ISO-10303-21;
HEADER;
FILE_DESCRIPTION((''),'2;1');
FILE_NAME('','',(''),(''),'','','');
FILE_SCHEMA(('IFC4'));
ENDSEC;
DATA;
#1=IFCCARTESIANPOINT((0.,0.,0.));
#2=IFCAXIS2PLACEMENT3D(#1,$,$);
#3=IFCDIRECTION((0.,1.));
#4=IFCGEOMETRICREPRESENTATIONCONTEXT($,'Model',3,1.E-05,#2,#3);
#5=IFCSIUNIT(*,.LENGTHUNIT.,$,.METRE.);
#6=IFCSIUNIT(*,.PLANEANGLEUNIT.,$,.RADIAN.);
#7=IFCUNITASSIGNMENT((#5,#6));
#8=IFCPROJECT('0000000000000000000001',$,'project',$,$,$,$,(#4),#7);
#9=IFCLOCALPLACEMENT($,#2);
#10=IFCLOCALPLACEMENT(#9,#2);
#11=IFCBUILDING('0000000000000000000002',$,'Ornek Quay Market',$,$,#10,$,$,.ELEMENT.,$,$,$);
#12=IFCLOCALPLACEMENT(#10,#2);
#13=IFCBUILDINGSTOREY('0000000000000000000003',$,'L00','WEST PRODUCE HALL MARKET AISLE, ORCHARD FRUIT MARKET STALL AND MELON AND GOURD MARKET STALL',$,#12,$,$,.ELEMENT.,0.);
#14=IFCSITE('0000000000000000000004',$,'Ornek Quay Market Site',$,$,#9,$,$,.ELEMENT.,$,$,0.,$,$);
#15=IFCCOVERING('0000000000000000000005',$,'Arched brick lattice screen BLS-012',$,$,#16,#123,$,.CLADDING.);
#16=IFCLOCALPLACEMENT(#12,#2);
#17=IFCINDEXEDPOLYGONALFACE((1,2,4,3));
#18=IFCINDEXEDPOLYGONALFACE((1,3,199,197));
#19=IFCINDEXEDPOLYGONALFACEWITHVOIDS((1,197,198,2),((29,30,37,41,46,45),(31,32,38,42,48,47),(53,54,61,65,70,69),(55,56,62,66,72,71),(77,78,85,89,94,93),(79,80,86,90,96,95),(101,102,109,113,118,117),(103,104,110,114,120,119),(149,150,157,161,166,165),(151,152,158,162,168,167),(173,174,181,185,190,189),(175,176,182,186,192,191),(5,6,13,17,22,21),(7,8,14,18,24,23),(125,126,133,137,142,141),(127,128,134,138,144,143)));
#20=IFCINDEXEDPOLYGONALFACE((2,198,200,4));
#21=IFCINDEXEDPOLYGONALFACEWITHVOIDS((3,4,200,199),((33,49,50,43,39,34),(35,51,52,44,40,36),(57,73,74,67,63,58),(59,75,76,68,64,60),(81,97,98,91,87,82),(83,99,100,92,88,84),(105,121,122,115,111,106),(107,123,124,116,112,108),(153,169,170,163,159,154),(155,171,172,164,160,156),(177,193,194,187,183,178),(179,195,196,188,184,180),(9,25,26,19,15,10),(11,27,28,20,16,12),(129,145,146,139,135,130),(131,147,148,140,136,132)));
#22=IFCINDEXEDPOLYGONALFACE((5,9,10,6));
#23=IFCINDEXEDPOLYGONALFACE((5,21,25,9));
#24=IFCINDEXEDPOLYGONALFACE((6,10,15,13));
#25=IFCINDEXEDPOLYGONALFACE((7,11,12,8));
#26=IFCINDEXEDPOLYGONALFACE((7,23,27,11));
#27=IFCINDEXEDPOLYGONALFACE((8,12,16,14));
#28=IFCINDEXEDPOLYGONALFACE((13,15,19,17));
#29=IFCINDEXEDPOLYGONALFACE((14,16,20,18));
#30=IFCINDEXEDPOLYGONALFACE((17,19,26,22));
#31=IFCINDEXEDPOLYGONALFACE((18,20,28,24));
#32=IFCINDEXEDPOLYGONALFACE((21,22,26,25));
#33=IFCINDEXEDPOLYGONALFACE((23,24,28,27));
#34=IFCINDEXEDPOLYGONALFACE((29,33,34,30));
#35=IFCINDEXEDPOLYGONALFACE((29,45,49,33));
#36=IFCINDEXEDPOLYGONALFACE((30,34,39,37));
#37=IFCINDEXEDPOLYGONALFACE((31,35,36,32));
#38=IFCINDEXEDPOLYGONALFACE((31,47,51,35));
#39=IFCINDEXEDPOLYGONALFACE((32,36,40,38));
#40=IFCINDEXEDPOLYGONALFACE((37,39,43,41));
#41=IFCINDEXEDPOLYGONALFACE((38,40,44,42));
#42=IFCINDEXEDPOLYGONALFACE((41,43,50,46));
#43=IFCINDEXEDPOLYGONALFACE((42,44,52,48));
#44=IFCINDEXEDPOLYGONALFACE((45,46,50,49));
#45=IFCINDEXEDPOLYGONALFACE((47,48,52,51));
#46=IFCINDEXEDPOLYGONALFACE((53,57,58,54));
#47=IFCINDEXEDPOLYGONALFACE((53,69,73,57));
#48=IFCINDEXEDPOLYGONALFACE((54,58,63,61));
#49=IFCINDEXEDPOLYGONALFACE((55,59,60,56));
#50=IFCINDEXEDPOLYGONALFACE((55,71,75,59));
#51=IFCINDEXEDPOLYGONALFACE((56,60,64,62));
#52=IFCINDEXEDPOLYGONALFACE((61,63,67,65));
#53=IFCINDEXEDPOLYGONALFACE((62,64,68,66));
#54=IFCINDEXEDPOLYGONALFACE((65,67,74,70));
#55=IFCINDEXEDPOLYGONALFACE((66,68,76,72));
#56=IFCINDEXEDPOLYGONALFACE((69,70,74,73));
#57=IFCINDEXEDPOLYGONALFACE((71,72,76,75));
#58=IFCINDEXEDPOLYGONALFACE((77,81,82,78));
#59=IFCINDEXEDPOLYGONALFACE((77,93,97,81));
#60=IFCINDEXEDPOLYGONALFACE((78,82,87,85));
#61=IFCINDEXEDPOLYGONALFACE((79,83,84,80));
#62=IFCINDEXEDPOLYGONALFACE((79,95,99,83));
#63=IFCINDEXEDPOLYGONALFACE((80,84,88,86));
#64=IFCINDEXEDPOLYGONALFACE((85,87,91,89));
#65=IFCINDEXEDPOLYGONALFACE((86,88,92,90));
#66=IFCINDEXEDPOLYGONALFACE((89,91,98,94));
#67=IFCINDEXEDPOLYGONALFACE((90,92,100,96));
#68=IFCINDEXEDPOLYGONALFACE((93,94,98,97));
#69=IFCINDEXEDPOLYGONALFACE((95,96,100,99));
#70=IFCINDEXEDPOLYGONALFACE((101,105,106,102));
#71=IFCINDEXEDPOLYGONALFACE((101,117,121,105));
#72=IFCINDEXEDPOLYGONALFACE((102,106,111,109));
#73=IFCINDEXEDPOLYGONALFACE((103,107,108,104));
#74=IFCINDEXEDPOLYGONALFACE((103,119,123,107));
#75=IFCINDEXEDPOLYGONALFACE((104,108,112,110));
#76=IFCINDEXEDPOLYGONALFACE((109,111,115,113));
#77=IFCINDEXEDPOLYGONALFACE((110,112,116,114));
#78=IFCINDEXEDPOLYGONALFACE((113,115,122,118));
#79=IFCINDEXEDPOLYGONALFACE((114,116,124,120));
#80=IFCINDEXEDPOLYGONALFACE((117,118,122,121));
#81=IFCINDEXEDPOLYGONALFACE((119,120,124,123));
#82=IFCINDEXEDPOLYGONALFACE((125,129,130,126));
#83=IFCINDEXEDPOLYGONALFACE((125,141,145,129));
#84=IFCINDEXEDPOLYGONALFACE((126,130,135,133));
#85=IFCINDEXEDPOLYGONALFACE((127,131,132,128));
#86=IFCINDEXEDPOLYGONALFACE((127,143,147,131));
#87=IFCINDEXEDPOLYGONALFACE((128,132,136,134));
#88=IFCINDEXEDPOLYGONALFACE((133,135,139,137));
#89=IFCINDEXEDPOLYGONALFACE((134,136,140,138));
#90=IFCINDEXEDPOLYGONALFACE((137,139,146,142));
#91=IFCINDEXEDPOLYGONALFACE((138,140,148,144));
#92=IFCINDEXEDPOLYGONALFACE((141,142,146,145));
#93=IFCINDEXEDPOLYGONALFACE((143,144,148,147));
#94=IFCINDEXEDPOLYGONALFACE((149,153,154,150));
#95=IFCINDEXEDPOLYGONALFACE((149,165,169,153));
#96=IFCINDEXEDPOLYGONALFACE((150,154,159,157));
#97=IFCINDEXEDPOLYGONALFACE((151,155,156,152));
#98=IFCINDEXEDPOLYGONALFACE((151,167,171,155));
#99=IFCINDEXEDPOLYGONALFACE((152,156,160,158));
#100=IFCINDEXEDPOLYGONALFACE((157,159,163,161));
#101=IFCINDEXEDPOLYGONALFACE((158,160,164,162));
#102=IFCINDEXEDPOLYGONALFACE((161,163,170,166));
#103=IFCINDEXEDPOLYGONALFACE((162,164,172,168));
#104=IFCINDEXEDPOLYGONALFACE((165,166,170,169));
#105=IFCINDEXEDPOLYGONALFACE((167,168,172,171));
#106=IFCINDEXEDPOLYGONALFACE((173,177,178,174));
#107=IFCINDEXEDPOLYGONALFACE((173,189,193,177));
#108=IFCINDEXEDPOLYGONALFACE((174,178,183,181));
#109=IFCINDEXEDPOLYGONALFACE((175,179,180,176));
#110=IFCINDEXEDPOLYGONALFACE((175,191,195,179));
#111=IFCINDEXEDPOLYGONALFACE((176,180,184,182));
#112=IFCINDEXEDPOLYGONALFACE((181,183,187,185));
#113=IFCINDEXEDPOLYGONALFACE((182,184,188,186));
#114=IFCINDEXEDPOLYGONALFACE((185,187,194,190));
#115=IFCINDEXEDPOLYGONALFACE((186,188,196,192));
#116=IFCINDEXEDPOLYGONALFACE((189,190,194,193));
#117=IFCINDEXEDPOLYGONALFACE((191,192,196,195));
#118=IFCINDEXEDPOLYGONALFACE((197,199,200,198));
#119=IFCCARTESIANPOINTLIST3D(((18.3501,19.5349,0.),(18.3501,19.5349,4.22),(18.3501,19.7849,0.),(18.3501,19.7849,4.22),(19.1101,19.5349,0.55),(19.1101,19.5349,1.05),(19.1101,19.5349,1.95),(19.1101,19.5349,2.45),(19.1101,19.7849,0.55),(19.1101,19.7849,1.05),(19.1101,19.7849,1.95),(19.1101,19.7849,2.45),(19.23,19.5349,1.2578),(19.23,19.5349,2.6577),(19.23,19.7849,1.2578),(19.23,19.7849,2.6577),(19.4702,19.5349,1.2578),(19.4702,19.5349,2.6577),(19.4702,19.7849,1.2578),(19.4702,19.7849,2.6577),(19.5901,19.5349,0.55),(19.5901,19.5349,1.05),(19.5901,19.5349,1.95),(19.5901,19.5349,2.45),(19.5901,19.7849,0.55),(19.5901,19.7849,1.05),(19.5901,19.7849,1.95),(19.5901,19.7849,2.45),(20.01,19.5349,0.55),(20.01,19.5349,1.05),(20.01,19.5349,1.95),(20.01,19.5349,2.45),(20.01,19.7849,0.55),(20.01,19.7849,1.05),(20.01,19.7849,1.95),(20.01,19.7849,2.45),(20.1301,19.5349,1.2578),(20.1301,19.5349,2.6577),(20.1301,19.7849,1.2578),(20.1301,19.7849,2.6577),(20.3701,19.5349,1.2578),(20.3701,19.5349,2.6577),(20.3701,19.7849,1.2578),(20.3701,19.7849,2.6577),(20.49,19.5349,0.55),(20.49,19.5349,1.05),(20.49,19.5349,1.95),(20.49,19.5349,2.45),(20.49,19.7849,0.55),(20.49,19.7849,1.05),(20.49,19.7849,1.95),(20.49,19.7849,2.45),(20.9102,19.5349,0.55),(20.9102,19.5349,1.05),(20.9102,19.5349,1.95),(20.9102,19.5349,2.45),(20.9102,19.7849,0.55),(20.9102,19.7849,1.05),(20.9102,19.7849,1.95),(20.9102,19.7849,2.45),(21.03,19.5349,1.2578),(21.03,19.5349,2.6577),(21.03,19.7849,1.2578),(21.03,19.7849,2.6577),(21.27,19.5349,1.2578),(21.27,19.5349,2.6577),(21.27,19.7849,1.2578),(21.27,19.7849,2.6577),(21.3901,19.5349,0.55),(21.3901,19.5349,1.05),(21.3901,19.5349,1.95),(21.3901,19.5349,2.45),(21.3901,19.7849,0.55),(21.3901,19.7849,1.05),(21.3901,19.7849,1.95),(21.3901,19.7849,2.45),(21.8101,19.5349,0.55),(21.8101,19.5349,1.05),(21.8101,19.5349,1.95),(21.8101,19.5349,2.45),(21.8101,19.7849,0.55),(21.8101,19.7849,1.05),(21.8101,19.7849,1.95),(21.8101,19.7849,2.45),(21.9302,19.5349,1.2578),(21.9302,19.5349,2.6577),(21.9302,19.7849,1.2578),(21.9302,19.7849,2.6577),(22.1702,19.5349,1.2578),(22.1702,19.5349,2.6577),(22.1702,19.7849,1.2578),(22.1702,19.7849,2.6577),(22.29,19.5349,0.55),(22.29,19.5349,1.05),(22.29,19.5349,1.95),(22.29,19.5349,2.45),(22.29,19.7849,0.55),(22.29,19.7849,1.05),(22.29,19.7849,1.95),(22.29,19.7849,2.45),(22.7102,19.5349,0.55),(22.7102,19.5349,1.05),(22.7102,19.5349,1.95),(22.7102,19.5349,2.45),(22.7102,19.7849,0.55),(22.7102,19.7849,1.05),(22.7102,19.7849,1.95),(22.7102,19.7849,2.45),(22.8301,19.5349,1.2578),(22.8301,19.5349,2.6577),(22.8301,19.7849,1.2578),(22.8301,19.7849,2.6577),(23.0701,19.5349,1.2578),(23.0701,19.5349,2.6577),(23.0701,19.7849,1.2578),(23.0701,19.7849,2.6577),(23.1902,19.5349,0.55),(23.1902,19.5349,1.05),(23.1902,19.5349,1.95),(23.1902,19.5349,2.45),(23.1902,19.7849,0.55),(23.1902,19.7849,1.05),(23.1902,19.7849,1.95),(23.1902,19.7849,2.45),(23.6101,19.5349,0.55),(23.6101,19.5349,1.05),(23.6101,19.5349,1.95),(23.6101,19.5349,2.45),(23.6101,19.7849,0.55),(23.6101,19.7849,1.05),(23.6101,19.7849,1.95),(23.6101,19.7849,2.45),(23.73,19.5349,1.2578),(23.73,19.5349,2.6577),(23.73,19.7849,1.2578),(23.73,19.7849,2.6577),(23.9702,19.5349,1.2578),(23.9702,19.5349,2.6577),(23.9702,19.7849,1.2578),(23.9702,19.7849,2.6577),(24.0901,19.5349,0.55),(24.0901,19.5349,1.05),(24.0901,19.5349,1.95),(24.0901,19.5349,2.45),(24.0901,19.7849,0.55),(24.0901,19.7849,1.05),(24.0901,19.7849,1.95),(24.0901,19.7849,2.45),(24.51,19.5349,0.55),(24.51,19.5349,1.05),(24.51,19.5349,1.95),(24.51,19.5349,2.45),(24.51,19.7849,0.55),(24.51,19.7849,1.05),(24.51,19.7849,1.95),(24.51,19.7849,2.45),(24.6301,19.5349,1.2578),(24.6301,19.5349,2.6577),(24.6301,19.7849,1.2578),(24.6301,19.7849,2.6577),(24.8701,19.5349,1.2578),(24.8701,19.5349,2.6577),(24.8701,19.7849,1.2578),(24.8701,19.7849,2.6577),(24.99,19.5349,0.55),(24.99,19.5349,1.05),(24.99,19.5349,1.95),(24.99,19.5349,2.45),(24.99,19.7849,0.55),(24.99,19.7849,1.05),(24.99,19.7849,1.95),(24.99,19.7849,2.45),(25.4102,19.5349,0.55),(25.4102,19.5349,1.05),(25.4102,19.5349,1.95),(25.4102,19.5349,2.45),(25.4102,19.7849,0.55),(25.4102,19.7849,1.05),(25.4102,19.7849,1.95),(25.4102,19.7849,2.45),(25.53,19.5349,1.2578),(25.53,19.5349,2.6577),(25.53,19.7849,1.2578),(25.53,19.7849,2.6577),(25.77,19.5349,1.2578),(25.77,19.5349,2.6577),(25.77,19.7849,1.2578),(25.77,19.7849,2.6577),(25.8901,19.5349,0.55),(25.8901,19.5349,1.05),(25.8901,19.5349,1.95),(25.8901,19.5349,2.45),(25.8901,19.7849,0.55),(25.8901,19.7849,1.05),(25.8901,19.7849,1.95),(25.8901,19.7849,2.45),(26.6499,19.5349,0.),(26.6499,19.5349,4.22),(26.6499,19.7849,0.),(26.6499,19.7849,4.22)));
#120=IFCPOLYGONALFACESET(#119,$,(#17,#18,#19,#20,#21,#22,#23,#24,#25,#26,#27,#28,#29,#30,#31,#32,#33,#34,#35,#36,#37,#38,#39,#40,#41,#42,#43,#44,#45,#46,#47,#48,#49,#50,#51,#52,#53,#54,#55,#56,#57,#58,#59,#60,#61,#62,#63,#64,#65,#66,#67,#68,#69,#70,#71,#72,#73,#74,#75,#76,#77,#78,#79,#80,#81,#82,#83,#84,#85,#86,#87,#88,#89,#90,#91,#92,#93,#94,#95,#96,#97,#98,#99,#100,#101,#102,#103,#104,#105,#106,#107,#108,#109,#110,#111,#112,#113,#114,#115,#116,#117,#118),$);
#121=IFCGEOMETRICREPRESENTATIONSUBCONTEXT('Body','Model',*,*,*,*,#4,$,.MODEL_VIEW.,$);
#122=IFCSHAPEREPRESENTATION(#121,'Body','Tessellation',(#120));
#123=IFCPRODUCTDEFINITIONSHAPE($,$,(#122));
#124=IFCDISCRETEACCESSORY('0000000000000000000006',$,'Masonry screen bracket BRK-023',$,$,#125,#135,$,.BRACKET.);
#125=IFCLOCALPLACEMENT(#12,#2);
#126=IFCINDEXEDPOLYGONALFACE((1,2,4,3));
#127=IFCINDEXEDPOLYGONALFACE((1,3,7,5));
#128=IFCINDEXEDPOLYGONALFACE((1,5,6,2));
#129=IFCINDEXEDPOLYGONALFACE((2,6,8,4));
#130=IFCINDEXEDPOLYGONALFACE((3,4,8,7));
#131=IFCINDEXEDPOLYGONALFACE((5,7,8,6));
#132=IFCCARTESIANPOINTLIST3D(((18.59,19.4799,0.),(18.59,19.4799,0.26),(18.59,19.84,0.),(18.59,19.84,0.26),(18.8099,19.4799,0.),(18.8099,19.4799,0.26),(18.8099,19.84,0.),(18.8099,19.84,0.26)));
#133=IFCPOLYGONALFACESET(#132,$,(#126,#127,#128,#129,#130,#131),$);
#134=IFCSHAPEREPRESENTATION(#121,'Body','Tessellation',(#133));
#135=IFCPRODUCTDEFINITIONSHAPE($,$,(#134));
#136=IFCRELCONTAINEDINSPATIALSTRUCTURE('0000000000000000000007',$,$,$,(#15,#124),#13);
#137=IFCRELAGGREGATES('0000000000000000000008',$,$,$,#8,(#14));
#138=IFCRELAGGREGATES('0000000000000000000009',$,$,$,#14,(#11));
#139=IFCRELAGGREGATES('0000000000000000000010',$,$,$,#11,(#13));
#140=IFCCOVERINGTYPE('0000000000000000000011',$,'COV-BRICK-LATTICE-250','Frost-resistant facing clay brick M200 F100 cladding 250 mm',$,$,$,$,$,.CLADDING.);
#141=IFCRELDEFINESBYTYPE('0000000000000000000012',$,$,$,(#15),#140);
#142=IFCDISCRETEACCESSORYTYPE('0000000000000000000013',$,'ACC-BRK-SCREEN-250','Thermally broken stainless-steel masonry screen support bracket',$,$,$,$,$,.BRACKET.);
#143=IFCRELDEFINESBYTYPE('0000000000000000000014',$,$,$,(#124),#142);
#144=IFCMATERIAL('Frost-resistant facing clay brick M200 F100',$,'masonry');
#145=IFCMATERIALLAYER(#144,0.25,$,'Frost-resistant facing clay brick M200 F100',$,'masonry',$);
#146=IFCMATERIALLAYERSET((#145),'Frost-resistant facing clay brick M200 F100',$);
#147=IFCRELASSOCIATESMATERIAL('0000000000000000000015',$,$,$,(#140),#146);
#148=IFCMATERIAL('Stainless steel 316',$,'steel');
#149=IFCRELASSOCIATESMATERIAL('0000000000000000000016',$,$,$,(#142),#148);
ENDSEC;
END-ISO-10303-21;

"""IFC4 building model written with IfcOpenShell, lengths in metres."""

from ifc_helpers import new_model, si_unit, direction, frame, origin, origin_2d, place, context, subcontext, project, spatial, polyline, rectangle, outline, extrude, material, layer, layer_set, type_object, element, save


model = new_model("IFC4")

# Units and contexts
model_context = context("Model", 3, precision=1e-05, world=origin(), true_north=direction((0.0, 1.0)))
body_context = subcontext(model_context, "Body", "Model", "MODEL_VIEW")
ifc_project = project(units=[si_unit("LENGTHUNIT", "METRE"), si_unit("PLANEANGLEUNIT", "RADIAN")], contexts=[model_context])

# Site, building, storey
site_placement = place(None, origin())
site = spatial("IfcSite", under=ifc_project, at=site_placement, Name="Ornek Quay Market Site", CompositionType="ELEMENT", RefElevation=0.0)
building_placement = place(site_placement, origin())
building = spatial("IfcBuilding", under=site, at=building_placement, Name="Ornek Quay Market", CompositionType="ELEMENT")
storey_placement = place(building_placement, origin())
storey = spatial("IfcBuildingStorey", under=building, at=storey_placement, Name="L00", Description="WEST PRODUCE HALL MARKET AISLE, ORCHARD FRUIT MARKET STALL AND MELON AND GOURD MARKET STALL", CompositionType="ELEMENT", Elevation=0.0)

# Shared definitions
ifc_material_1 = material(Name="Frost-resistant facing clay brick M200 F100", Category="masonry")

# Covering
ifc_layer_1 = layer(ifc_material_1, 0.25, Name="Frost-resistant facing clay brick M200 F100", Category="masonry")
ifc_layer_set_1 = layer_set([ifc_layer_1], Name="Frost-resistant facing clay brick M200 F100")
covering_type = type_object("IfcCoveringType", Name="COV-BRICK-LATTICE-250", Description="Frost-resistant facing clay brick M200 F100 cladding 250 mm", PredefinedType="CLADDING", material=ifc_layer_set_1)
covering_placement = place(storey_placement, frame((18.3501, 19.6599, 0.0), z_axis=(0.0, 0.0, 1.0), x_axis=(1.0, 0.0, 0.0)))
element("IfcCovering", 1, at=covering_placement, inside=storey, type_object=covering_type, Name="Arched brick lattice screen BLS-012", PredefinedType="CLADDING", context=body_context, shape_type="SweptSolid", body=[
    extrude(outline(polyline([(0.0, 0.0), (8.2998, 0.0), (8.2998, 4.22), (0.0, 4.22), (0.0, 0.0)]), holes=[polyline([(0.76, 0.55), (1.24, 0.55), (1.24, 1.05), (1.1201, 1.2578), (0.8799, 1.2578), (0.76, 1.05), (0.76, 0.55)]), polyline([(0.76, 1.95), (1.24, 1.95), (1.24, 2.45), (1.1201, 2.6577), (0.8799, 2.6577), (0.76, 2.45), (0.76, 1.95)]), polyline([(1.6599, 0.55), (2.1399, 0.55), (2.1399, 1.05), (2.02, 1.2578), (1.78, 1.2578), (1.6599, 1.05), (1.6599, 0.55)]), polyline([(1.6599, 1.95), (2.1399, 1.95), (2.1399, 2.45), (2.02, 2.6577), (1.78, 2.6577), (1.6599, 2.45), (1.6599, 1.95)]), polyline([(2.5601, 0.55), (3.04, 0.55), (3.04, 1.05), (2.9199, 1.2578), (2.6799, 1.2578), (2.5601, 1.05), (2.5601, 0.55)]), polyline([(2.5601, 1.95), (3.04, 1.95), (3.04, 2.45), (2.9199, 2.6577), (2.6799, 2.6577), (2.5601, 2.45), (2.5601, 1.95)]), polyline([(3.46, 0.55), (3.9399, 0.55), (3.9399, 1.05), (3.8201, 1.2578), (3.5801, 1.2578), (3.46, 1.05), (3.46, 0.55)]), polyline([(3.46, 1.95), (3.9399, 1.95), (3.9399, 2.45), (3.8201, 2.6577), (3.5801, 2.6577), (3.46, 2.45), (3.46, 1.95)]), polyline([(4.3601, 0.55), (4.8401, 0.55), (4.8401, 1.05), (4.72, 1.2578), (4.48, 1.2578), (4.3601, 1.05), (4.3601, 0.55)]), polyline([(4.3601, 1.95), (4.8401, 1.95), (4.8401, 2.45), (4.72, 2.6577), (4.48, 2.6577), (4.3601, 2.45), (4.3601, 1.95)]), polyline([(5.26, 0.55), (5.74, 0.55), (5.74, 1.05), (5.6201, 1.2578), (5.3799, 1.2578), (5.26, 1.05), (5.26, 0.55)]), polyline([(5.26, 1.95), (5.74, 1.95), (5.74, 2.45), (5.6201, 2.6577), (5.3799, 2.6577), (5.26, 2.45), (5.26, 1.95)]), polyline([(6.1599, 0.55), (6.6399, 0.55), (6.6399, 1.05), (6.52, 1.2578), (6.28, 1.2578), (6.1599, 1.05), (6.1599, 0.55)]), polyline([(6.1599, 1.95), (6.6399, 1.95), (6.6399, 2.45), (6.52, 2.6577), (6.28, 2.6577), (6.1599, 2.45), (6.1599, 1.95)]), polyline([(7.0601, 0.55), (7.54, 0.55), (7.54, 1.05), (7.4199, 1.2578), (7.1799, 1.2578), (7.0601, 1.05), (7.0601, 0.55)]), polyline([(7.0601, 1.95), (7.54, 1.95), (7.54, 2.45), (7.4199, 2.6577), (7.1799, 2.6577), (7.0601, 2.45), (7.0601, 1.95)])]), frame((0.0, 0.125, 0.0), z_axis=(0.0, -1.0, 0.0), x_axis=(1.0, 0.0, 0.0)), (0.0, 0.0, 1.0), 0.25),
])

# Discrete accessory
ifc_material_2 = material(Name="Stainless steel 316", Category="steel")
discrete_accessory_type = type_object("IfcDiscreteAccessoryType", Name="ACC-BRK-SCREEN-250", Description="Thermally broken stainless-steel masonry screen support bracket", PredefinedType="BRACKET", material=ifc_material_2)
discrete_accessory_placement = place(storey_placement, frame((18.7, 19.6599, 0.0), z_axis=(0.0, 0.0, 1.0), x_axis=(1.0, 0.0, 0.0)))
element("IfcDiscreteAccessory", 2, at=discrete_accessory_placement, inside=storey, type_object=discrete_accessory_type, Name="Masonry screen bracket BRK-023", PredefinedType="BRACKET", context=body_context, shape_type="SweptSolid", body=[
    extrude(rectangle(XDim=0.22, YDim=0.3601, at=origin_2d()), origin(), (0.0, 0.0, 1.0), 0.26),
])

save(model, "model.ifc")
